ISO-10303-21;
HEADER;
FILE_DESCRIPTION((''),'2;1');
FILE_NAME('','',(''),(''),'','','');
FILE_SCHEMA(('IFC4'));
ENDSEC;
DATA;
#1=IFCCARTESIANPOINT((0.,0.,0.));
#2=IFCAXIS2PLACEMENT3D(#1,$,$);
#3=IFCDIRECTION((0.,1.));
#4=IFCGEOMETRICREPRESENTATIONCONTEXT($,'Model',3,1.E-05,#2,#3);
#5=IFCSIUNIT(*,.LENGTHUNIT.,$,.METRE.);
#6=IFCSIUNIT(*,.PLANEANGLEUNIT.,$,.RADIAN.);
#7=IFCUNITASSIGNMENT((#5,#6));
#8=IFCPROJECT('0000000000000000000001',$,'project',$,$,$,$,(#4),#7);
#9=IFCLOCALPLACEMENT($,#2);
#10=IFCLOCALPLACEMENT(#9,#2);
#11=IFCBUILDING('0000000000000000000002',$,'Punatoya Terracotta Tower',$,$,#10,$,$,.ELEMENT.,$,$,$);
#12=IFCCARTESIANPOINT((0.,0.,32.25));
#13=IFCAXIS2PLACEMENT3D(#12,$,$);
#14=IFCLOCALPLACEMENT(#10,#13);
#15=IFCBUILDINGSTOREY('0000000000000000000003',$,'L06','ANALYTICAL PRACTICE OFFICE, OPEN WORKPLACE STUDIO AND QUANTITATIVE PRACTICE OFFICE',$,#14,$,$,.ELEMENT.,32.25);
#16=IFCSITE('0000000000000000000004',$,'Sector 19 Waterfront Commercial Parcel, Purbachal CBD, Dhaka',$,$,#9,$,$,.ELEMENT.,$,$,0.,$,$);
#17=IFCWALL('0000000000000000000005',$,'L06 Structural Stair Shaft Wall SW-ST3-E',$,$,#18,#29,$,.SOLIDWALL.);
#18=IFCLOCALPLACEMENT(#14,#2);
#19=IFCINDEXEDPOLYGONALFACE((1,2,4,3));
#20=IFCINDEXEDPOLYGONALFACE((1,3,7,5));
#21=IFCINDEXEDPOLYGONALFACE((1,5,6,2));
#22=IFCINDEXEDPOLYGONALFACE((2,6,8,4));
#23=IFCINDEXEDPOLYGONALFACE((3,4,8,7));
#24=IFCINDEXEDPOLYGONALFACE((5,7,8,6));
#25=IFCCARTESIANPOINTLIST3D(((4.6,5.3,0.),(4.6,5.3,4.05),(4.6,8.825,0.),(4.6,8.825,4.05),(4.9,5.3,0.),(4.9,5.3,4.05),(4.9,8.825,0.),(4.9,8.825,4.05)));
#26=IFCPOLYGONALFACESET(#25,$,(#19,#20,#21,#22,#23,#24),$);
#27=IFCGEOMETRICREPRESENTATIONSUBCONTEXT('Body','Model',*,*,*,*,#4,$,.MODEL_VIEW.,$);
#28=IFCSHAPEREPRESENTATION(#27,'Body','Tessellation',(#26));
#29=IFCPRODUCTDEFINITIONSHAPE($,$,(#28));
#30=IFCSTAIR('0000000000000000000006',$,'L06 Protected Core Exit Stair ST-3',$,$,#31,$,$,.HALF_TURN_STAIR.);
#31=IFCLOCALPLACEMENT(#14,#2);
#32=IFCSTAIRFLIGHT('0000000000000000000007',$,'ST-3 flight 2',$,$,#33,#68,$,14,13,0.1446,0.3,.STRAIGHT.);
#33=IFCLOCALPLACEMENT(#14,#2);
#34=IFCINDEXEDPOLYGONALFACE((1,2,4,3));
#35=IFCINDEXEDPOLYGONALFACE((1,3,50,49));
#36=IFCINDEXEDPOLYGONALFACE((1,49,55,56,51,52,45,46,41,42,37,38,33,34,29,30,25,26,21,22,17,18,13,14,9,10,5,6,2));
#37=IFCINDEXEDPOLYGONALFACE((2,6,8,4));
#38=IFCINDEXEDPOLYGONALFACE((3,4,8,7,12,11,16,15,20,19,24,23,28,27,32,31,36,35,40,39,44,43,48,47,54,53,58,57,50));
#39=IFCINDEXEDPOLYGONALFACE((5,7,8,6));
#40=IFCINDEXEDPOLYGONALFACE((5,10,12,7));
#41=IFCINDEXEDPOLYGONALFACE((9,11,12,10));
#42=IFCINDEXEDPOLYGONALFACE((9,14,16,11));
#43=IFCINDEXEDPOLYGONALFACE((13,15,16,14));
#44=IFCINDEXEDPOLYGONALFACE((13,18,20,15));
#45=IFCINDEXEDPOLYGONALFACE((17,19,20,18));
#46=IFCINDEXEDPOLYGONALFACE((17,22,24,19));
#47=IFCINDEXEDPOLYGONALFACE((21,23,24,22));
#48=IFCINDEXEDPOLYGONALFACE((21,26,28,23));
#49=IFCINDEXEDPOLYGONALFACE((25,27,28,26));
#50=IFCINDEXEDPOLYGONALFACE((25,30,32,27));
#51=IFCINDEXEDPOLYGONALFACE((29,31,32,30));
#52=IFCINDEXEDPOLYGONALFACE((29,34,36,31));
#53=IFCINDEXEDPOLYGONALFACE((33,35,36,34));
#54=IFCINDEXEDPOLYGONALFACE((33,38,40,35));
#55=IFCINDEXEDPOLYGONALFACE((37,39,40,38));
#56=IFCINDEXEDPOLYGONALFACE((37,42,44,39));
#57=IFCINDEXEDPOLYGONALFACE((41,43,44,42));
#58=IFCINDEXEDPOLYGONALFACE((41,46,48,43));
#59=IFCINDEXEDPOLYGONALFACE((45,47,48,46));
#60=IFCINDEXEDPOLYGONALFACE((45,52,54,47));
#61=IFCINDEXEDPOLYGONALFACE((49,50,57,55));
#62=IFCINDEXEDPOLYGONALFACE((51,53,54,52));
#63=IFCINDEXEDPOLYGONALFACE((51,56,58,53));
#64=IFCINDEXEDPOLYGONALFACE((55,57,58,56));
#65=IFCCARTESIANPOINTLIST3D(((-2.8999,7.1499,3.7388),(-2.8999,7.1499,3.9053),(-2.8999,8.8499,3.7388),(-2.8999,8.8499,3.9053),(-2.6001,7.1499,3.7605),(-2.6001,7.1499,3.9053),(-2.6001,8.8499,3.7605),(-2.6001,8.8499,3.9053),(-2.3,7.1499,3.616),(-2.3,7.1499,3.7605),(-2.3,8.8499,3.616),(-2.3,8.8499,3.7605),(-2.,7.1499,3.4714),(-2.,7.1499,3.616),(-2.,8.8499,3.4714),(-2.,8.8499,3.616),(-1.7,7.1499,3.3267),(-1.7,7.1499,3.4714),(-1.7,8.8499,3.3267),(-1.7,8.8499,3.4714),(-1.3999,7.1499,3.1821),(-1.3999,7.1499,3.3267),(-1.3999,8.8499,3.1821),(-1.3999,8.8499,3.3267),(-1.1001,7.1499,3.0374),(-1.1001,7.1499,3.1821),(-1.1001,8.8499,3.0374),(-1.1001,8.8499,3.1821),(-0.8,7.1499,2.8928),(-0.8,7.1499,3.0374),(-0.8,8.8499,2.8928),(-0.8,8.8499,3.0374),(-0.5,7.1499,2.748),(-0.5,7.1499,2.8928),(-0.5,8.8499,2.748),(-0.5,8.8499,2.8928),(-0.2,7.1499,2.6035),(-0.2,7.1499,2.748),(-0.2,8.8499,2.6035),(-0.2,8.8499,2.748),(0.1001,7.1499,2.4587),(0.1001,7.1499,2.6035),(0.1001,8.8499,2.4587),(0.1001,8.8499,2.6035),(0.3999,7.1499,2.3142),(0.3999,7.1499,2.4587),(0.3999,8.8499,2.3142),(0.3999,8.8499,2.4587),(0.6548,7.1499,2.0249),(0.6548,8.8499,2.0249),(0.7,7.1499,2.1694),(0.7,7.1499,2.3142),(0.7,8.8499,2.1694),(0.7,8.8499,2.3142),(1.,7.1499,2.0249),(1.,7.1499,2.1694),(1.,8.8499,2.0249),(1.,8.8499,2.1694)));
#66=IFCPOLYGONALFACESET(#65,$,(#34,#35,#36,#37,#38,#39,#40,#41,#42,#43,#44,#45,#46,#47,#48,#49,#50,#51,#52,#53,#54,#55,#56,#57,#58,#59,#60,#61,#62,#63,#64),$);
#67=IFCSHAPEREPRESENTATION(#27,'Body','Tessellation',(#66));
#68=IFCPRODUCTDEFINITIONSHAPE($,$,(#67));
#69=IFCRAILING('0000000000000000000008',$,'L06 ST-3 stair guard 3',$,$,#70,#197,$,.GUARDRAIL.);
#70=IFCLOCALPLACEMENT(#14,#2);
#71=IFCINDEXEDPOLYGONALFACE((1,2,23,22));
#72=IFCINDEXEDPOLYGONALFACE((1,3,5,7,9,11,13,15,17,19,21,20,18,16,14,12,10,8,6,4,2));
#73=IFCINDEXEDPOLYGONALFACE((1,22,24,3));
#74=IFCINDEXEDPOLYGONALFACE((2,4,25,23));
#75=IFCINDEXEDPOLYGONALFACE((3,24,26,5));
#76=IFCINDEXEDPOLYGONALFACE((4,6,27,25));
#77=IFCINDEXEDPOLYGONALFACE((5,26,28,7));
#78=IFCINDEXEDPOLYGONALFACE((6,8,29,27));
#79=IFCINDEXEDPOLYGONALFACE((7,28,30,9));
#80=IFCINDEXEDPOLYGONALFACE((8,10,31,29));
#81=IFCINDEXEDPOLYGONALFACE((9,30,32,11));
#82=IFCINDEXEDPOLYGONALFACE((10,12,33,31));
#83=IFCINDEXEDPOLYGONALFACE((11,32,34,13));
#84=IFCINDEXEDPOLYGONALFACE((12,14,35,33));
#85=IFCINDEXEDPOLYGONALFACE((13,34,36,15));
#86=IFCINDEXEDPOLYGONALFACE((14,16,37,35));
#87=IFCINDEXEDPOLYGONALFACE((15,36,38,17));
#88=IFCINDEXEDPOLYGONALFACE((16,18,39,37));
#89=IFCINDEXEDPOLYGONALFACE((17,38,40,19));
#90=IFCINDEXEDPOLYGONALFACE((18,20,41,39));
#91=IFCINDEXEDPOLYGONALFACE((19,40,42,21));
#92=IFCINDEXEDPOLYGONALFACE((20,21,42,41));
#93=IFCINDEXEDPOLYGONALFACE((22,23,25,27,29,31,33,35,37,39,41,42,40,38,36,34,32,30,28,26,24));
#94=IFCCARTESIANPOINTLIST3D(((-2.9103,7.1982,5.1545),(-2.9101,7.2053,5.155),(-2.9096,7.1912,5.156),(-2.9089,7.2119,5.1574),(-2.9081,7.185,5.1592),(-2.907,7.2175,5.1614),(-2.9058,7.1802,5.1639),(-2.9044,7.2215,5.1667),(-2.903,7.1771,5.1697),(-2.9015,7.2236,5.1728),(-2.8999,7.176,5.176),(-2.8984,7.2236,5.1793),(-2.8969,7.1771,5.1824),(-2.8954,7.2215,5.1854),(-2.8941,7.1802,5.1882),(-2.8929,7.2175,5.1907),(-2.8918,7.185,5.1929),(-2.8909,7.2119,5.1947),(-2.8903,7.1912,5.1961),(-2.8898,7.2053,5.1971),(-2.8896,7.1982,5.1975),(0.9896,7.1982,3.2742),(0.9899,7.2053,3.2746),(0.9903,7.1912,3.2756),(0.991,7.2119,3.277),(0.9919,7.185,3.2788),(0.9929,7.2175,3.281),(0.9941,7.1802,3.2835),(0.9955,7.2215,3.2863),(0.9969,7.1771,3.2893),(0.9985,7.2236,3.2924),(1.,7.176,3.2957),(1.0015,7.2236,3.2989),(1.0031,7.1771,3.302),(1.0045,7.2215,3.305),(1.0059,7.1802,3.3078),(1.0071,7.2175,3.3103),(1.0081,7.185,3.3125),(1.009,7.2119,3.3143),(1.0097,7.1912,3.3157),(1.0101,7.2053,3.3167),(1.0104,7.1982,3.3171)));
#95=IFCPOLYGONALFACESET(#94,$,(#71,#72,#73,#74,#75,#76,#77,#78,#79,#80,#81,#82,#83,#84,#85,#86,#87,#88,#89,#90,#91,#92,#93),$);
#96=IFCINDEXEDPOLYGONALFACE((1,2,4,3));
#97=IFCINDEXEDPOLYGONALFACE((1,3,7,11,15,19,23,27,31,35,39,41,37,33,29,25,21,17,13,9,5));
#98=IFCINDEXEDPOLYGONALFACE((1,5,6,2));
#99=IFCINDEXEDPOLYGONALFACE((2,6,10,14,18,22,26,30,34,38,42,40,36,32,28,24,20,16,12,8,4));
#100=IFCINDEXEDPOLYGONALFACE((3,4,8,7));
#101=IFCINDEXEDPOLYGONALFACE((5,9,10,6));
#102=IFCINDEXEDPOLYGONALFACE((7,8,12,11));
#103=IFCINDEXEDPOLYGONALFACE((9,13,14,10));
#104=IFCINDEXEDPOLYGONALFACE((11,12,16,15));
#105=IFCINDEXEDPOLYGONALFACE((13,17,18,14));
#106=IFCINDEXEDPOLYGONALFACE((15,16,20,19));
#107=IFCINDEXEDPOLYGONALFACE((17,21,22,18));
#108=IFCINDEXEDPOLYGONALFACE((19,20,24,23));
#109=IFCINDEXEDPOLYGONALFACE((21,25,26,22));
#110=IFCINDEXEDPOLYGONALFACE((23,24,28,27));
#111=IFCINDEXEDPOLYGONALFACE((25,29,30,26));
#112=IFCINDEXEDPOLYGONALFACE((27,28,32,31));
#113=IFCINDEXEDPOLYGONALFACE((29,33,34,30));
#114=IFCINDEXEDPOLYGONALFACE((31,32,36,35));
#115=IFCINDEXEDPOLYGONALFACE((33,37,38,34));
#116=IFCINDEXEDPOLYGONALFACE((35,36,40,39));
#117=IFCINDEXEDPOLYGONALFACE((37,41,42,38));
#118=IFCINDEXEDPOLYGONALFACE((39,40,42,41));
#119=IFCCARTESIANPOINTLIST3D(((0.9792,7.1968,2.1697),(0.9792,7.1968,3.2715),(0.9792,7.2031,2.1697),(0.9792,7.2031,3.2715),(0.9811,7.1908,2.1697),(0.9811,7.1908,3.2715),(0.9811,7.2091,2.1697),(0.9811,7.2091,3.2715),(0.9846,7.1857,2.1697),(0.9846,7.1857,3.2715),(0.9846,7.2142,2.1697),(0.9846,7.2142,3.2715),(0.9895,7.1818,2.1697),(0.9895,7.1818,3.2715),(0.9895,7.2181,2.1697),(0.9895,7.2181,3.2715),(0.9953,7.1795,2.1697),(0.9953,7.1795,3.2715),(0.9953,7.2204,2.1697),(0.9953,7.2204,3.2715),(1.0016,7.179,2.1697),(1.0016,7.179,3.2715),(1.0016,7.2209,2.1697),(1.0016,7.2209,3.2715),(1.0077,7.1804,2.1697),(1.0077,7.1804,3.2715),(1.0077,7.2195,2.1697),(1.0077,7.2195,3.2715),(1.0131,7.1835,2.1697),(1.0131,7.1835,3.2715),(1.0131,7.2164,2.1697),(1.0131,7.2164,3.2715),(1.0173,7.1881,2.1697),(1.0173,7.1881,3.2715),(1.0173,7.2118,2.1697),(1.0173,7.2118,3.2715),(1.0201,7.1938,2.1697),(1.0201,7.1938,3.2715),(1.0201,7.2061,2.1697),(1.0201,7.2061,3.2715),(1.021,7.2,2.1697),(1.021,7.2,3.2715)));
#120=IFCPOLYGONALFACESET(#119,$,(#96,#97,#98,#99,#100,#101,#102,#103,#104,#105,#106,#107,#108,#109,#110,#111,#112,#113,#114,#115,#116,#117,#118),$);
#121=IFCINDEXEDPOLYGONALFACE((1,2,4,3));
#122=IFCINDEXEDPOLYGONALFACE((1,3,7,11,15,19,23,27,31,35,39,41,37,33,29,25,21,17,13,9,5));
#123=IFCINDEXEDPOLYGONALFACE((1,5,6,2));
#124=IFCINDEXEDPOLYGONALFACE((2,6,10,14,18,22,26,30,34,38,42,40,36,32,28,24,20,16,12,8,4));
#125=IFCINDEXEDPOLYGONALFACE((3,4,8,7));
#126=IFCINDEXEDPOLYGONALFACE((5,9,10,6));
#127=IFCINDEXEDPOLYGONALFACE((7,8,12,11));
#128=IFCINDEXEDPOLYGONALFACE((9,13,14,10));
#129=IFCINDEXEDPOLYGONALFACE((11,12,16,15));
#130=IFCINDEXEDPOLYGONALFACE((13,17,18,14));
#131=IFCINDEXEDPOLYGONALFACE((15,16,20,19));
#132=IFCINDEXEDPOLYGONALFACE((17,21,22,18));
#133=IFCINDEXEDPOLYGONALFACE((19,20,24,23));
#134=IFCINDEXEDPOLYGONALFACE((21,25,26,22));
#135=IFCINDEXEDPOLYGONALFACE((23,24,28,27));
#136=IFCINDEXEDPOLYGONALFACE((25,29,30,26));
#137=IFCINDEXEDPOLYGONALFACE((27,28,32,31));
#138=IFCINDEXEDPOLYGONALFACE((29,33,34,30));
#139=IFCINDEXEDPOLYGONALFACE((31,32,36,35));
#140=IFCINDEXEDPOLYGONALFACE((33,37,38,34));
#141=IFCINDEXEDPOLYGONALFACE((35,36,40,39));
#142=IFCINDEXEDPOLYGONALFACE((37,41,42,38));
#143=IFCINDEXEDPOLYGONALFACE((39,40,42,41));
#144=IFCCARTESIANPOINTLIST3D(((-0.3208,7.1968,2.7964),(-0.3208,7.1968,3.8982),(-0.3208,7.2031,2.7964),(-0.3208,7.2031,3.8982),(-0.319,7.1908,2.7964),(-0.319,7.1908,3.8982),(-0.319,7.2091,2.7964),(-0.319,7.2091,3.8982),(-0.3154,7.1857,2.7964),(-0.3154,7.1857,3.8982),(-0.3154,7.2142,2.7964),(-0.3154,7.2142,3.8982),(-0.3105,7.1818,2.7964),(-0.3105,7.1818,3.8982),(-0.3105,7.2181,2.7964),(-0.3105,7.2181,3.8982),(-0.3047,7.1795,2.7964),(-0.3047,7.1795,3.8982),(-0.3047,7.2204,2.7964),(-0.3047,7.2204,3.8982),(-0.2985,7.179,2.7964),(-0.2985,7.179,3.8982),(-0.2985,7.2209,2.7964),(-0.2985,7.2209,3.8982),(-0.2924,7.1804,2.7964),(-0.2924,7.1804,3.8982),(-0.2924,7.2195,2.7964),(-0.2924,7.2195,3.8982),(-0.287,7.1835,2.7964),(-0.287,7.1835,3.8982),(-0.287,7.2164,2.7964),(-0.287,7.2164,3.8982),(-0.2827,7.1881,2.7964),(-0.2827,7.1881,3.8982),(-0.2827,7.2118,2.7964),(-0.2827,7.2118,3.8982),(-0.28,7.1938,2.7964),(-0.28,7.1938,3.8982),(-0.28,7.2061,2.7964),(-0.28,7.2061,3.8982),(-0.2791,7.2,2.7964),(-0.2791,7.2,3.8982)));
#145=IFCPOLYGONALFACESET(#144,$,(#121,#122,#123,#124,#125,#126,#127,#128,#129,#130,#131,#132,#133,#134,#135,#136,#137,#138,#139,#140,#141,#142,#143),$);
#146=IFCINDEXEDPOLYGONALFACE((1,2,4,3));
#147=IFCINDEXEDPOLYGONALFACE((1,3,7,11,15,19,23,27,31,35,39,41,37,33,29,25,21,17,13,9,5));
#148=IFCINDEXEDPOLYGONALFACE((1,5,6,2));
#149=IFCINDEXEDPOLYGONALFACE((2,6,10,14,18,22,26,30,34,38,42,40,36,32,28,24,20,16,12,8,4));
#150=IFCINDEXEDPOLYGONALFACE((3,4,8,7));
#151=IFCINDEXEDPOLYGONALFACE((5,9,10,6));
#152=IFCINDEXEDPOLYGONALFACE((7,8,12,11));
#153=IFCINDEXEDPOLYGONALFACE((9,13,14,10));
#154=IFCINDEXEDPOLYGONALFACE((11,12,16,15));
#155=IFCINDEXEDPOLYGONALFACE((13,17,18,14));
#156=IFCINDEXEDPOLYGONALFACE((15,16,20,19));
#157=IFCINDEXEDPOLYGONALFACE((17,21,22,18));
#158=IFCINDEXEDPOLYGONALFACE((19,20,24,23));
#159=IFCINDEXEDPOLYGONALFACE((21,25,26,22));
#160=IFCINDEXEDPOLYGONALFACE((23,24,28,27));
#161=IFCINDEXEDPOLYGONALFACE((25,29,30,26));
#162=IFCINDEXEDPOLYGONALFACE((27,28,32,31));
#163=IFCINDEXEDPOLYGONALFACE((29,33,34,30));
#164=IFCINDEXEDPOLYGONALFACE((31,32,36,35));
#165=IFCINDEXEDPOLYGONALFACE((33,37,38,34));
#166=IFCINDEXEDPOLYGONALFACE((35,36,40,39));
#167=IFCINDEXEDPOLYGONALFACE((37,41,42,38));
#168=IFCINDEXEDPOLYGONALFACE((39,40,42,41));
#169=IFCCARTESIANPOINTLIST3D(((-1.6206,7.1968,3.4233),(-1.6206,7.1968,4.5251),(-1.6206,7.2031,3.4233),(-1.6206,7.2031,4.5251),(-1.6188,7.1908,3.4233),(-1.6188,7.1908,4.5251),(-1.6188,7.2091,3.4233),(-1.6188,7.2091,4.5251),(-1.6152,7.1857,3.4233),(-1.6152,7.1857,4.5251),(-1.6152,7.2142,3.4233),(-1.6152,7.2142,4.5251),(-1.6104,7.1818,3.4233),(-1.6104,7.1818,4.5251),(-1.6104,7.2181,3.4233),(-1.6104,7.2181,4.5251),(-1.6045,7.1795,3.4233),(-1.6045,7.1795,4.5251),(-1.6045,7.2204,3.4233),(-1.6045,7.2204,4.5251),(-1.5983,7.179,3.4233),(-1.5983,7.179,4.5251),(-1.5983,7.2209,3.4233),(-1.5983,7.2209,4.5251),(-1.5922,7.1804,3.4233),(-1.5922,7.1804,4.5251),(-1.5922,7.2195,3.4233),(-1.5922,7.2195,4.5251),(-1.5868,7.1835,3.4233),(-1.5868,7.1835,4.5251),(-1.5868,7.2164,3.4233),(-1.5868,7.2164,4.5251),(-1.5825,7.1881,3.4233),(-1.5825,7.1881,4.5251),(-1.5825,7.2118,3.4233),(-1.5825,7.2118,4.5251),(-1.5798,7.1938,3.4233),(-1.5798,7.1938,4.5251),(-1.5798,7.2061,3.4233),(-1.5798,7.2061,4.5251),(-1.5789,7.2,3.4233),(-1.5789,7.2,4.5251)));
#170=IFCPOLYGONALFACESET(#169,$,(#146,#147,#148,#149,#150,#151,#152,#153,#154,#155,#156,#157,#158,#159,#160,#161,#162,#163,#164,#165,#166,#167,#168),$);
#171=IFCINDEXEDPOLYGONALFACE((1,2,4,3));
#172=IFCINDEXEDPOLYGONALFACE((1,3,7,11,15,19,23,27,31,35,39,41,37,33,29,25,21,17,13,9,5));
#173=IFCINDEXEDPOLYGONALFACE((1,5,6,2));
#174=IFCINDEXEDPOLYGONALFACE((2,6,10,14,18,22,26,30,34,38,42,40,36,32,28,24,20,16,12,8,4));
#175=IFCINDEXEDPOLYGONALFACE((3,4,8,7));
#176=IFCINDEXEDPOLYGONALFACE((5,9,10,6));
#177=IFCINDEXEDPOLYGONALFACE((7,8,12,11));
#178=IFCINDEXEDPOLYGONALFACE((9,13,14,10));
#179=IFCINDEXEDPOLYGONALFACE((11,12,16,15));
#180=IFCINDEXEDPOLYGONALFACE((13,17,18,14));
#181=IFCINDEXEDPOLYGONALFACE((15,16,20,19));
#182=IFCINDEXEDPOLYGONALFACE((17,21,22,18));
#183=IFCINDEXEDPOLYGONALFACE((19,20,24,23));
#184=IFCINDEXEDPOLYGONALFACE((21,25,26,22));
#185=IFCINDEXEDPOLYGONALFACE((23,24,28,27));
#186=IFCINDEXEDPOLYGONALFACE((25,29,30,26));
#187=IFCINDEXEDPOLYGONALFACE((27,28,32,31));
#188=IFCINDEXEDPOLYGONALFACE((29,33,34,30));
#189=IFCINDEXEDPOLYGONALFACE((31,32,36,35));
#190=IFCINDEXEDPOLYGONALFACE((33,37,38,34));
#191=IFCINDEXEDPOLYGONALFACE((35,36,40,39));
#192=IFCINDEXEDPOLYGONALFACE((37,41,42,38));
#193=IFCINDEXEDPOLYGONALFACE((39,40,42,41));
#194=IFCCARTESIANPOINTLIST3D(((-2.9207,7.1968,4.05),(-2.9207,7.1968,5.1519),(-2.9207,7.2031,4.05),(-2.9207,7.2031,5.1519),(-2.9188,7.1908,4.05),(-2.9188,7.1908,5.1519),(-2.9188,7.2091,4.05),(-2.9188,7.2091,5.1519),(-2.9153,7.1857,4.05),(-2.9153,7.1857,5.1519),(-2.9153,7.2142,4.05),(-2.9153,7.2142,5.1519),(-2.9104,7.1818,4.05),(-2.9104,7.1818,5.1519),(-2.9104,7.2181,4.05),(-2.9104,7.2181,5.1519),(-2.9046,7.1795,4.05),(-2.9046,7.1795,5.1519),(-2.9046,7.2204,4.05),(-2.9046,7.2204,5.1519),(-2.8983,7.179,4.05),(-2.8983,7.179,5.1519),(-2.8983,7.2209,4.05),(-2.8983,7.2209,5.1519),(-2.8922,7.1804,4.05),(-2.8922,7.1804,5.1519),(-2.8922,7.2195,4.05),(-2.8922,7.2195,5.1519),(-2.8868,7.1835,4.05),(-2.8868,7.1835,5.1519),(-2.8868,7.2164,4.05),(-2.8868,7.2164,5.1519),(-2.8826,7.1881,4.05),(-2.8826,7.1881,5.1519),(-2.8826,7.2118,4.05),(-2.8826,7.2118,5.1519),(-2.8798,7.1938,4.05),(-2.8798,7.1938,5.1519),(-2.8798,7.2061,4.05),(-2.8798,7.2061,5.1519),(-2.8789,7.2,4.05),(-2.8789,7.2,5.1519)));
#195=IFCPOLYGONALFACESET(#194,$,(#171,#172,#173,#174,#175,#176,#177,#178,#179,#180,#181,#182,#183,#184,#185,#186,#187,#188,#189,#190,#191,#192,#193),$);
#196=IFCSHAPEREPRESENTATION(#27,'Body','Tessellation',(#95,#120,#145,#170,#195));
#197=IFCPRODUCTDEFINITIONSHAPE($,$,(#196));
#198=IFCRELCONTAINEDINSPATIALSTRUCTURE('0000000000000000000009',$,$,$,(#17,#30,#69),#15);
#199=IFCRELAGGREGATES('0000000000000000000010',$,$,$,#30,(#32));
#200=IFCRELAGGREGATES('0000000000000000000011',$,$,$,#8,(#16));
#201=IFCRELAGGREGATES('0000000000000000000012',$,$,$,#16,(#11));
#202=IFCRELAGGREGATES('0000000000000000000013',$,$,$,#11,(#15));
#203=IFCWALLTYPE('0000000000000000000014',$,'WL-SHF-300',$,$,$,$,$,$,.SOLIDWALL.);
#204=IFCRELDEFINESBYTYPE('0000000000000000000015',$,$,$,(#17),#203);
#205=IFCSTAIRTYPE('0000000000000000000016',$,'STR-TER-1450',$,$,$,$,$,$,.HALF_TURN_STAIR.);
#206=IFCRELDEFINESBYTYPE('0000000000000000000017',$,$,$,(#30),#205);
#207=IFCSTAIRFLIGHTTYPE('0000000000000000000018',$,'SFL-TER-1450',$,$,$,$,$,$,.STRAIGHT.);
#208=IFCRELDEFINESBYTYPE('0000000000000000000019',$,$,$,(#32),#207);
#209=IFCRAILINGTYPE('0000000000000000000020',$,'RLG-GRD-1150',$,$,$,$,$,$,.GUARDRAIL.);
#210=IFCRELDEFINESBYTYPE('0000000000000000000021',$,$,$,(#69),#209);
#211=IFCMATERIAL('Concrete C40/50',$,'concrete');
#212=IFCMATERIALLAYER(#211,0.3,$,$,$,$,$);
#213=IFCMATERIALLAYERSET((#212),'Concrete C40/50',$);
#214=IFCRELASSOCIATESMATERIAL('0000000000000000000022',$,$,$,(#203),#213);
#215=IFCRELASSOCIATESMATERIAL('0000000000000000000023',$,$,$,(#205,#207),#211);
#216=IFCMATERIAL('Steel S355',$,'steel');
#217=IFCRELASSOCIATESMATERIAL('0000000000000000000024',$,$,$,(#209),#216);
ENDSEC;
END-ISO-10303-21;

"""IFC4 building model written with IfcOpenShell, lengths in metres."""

from ifc_helpers import new_model, si_unit, direction, frame, frame_2d, origin, origin_2d, place, context, subcontext, project, spatial, polyline, rectangle, circle, outline, extrude, material, layer, layer_set, type_object, element, aggregate, save


model = new_model("IFC4")

# Units and contexts
model_context = context("Model", 3, precision=1e-05, world=origin(), true_north=direction((0.0, 1.0)))
body_context = subcontext(model_context, "Body", "Model", "MODEL_VIEW")
ifc_project = project(units=[si_unit("LENGTHUNIT", "METRE"), si_unit("PLANEANGLEUNIT", "RADIAN")], contexts=[model_context])

# Site, building, storey
site_placement = place(None, origin())
site = spatial("IfcSite", under=ifc_project, at=site_placement, Name="Sector 19 Waterfront Commercial Parcel, Purbachal CBD, Dhaka", CompositionType="ELEMENT", RefElevation=0.0)
building_placement = place(site_placement, origin())
building = spatial("IfcBuilding", under=site, at=building_placement, Name="Punatoya Terracotta Tower", CompositionType="ELEMENT")
storey_placement = place(building_placement, frame((0.0, 0.0, 32.25)))
storey = spatial("IfcBuildingStorey", under=building, at=storey_placement, Name="L06", Description="ANALYTICAL PRACTICE OFFICE, OPEN WORKPLACE STUDIO AND QUANTITATIVE PRACTICE OFFICE", CompositionType="ELEMENT", Elevation=32.25)

# Shared definitions
ifc_material_1 = material(Name="Steel S355", Category="steel")

# Wall
ifc_material_2 = material(Name="Concrete C40/50", Category="concrete")
ifc_layer_1 = layer(ifc_material_2, 0.3)
ifc_layer_set_1 = layer_set([ifc_layer_1], Name="Concrete C40/50")
wall_type_1 = type_object("IfcWallType", Name="WL-SHF-300", PredefinedType="SOLIDWALL", material=ifc_layer_set_1)
wall_1_placement = place(storey_placement, frame((4.75, 8.825, 0.0), z_axis=(0.0, 0.0, 1.0), x_axis=(0.0, -1.0, 0.0)))
element("IfcWall", 1, at=wall_1_placement, inside=storey, type_object=wall_type_1, Name="L06 Structural Stair Shaft Wall SW-ST3-E", PredefinedType="SOLIDWALL", context=body_context, shape_type="SweptSolid", body=[
    extrude(rectangle(XDim=3.5249, YDim=0.3, at=frame_2d((1.7625, 0.0))), origin(), (0.0, 0.0, 1.0), 4.05),
])

# Stair, stair flight
stair_type = type_object("IfcStairType", Name="STR-TER-1450", PredefinedType="HALF_TURN_STAIR", material=ifc_material_2)
stair_placement = place(storey_placement, origin())
stair = element("IfcStair", 2, at=stair_placement, inside=storey, type_object=stair_type, Name="L06 Protected Core Exit Stair ST-3", PredefinedType="HALF_TURN_STAIR")
stair_flight_type = type_object("IfcStairFlightType", Name="SFL-TER-1450", PredefinedType="STRAIGHT", material=ifc_material_2)
stair_flight_placement = place(storey_placement, frame((1.0, 8.0, 2.0249), z_axis=(0.0, 0.0, 1.0), x_axis=(-1.0, 0.0, 0.0)))
stair_flight = element("IfcStairFlight", 3, at=stair_flight_placement, type_object=stair_flight_type, Name="ST-3 flight 2", NumberOfRisers=14, NumberOfTreads=13, PredefinedType="STRAIGHT", RiserHeight=0.1446, TreadLength=0.3, context=body_context, shape_type="SweptSolid", body=[
    extrude(outline(polyline([(0.0, 0.0), (0.0, 0.1445), (0.3, 0.1445), (0.3, 0.2893), (0.6001, 0.2893), (0.6001, 0.4338), (0.8999, 0.4338), (0.8999, 0.5786), (1.2, 0.5786), (1.2, 0.7231), (1.5, 0.7231), (1.5, 0.8679), (1.8, 0.8679), (1.8, 1.0125), (2.1001, 1.0125), (2.1001, 1.1572), (2.3999, 1.1572), (2.3999, 1.3018), (2.7, 1.3018), (2.7, 1.4465), (3.0, 1.4465), (3.0, 1.5911), (3.3, 1.5911), (3.3, 1.7356), (3.6001, 1.7356), (3.6001, 1.8804), (3.8999, 1.8804), (3.8999, 2.0249), (3.8999, 1.7139), (0.3452, 0.0), (0.0, 0.0)])), frame((0.0, 0.8501, 0.0), z_axis=(0.0, -1.0, 0.0), x_axis=(1.0, 0.0, 0.0)), (0.0, 0.0, 1.0), 1.7),
])
aggregate(stair, [stair_flight])

# Railing
railing_type_1 = type_object("IfcRailingType", Name="RLG-GRD-1150", PredefinedType="GUARDRAIL", material=ifc_material_1)
railing_1_placement = place(storey_placement, frame((1.0, 7.2, 2.1697)))
element("IfcRailing", 4, at=railing_1_placement, inside=storey, type_object=railing_type_1, Name="L06 ST-3 stair guard 3", PredefinedType="GUARDRAIL", context=body_context, shape_type="SweptSolid", body=[
    extrude(circle(Radius=0.0239, at=origin_2d()), frame((0.0, 0.0, 1.126), z_axis=(-0.900763, 0.0, 0.434311), x_axis=(0.0, -1.0, 0.0)), (0.0, 0.0, 1.0), 4.3296),
    extrude(circle(Radius=0.021, at=origin_2d()), origin(), (0.0, 0.0, 1.0), 1.1018),
    extrude(circle(Radius=0.021, at=origin_2d()), frame((-1.3, 0.0, 0.6267)), (0.0, 0.0, 1.0), 1.1018),
    extrude(circle(Radius=0.021, at=origin_2d()), frame((-2.5999, 0.0, 1.2537)), (0.0, 0.0, 1.0), 1.1018),
    extrude(circle(Radius=0.021, at=origin_2d()), frame((-3.8999, 0.0, 1.8804)), (0.0, 0.0, 1.0), 1.1018),
])

save(model, "model.ifc")
